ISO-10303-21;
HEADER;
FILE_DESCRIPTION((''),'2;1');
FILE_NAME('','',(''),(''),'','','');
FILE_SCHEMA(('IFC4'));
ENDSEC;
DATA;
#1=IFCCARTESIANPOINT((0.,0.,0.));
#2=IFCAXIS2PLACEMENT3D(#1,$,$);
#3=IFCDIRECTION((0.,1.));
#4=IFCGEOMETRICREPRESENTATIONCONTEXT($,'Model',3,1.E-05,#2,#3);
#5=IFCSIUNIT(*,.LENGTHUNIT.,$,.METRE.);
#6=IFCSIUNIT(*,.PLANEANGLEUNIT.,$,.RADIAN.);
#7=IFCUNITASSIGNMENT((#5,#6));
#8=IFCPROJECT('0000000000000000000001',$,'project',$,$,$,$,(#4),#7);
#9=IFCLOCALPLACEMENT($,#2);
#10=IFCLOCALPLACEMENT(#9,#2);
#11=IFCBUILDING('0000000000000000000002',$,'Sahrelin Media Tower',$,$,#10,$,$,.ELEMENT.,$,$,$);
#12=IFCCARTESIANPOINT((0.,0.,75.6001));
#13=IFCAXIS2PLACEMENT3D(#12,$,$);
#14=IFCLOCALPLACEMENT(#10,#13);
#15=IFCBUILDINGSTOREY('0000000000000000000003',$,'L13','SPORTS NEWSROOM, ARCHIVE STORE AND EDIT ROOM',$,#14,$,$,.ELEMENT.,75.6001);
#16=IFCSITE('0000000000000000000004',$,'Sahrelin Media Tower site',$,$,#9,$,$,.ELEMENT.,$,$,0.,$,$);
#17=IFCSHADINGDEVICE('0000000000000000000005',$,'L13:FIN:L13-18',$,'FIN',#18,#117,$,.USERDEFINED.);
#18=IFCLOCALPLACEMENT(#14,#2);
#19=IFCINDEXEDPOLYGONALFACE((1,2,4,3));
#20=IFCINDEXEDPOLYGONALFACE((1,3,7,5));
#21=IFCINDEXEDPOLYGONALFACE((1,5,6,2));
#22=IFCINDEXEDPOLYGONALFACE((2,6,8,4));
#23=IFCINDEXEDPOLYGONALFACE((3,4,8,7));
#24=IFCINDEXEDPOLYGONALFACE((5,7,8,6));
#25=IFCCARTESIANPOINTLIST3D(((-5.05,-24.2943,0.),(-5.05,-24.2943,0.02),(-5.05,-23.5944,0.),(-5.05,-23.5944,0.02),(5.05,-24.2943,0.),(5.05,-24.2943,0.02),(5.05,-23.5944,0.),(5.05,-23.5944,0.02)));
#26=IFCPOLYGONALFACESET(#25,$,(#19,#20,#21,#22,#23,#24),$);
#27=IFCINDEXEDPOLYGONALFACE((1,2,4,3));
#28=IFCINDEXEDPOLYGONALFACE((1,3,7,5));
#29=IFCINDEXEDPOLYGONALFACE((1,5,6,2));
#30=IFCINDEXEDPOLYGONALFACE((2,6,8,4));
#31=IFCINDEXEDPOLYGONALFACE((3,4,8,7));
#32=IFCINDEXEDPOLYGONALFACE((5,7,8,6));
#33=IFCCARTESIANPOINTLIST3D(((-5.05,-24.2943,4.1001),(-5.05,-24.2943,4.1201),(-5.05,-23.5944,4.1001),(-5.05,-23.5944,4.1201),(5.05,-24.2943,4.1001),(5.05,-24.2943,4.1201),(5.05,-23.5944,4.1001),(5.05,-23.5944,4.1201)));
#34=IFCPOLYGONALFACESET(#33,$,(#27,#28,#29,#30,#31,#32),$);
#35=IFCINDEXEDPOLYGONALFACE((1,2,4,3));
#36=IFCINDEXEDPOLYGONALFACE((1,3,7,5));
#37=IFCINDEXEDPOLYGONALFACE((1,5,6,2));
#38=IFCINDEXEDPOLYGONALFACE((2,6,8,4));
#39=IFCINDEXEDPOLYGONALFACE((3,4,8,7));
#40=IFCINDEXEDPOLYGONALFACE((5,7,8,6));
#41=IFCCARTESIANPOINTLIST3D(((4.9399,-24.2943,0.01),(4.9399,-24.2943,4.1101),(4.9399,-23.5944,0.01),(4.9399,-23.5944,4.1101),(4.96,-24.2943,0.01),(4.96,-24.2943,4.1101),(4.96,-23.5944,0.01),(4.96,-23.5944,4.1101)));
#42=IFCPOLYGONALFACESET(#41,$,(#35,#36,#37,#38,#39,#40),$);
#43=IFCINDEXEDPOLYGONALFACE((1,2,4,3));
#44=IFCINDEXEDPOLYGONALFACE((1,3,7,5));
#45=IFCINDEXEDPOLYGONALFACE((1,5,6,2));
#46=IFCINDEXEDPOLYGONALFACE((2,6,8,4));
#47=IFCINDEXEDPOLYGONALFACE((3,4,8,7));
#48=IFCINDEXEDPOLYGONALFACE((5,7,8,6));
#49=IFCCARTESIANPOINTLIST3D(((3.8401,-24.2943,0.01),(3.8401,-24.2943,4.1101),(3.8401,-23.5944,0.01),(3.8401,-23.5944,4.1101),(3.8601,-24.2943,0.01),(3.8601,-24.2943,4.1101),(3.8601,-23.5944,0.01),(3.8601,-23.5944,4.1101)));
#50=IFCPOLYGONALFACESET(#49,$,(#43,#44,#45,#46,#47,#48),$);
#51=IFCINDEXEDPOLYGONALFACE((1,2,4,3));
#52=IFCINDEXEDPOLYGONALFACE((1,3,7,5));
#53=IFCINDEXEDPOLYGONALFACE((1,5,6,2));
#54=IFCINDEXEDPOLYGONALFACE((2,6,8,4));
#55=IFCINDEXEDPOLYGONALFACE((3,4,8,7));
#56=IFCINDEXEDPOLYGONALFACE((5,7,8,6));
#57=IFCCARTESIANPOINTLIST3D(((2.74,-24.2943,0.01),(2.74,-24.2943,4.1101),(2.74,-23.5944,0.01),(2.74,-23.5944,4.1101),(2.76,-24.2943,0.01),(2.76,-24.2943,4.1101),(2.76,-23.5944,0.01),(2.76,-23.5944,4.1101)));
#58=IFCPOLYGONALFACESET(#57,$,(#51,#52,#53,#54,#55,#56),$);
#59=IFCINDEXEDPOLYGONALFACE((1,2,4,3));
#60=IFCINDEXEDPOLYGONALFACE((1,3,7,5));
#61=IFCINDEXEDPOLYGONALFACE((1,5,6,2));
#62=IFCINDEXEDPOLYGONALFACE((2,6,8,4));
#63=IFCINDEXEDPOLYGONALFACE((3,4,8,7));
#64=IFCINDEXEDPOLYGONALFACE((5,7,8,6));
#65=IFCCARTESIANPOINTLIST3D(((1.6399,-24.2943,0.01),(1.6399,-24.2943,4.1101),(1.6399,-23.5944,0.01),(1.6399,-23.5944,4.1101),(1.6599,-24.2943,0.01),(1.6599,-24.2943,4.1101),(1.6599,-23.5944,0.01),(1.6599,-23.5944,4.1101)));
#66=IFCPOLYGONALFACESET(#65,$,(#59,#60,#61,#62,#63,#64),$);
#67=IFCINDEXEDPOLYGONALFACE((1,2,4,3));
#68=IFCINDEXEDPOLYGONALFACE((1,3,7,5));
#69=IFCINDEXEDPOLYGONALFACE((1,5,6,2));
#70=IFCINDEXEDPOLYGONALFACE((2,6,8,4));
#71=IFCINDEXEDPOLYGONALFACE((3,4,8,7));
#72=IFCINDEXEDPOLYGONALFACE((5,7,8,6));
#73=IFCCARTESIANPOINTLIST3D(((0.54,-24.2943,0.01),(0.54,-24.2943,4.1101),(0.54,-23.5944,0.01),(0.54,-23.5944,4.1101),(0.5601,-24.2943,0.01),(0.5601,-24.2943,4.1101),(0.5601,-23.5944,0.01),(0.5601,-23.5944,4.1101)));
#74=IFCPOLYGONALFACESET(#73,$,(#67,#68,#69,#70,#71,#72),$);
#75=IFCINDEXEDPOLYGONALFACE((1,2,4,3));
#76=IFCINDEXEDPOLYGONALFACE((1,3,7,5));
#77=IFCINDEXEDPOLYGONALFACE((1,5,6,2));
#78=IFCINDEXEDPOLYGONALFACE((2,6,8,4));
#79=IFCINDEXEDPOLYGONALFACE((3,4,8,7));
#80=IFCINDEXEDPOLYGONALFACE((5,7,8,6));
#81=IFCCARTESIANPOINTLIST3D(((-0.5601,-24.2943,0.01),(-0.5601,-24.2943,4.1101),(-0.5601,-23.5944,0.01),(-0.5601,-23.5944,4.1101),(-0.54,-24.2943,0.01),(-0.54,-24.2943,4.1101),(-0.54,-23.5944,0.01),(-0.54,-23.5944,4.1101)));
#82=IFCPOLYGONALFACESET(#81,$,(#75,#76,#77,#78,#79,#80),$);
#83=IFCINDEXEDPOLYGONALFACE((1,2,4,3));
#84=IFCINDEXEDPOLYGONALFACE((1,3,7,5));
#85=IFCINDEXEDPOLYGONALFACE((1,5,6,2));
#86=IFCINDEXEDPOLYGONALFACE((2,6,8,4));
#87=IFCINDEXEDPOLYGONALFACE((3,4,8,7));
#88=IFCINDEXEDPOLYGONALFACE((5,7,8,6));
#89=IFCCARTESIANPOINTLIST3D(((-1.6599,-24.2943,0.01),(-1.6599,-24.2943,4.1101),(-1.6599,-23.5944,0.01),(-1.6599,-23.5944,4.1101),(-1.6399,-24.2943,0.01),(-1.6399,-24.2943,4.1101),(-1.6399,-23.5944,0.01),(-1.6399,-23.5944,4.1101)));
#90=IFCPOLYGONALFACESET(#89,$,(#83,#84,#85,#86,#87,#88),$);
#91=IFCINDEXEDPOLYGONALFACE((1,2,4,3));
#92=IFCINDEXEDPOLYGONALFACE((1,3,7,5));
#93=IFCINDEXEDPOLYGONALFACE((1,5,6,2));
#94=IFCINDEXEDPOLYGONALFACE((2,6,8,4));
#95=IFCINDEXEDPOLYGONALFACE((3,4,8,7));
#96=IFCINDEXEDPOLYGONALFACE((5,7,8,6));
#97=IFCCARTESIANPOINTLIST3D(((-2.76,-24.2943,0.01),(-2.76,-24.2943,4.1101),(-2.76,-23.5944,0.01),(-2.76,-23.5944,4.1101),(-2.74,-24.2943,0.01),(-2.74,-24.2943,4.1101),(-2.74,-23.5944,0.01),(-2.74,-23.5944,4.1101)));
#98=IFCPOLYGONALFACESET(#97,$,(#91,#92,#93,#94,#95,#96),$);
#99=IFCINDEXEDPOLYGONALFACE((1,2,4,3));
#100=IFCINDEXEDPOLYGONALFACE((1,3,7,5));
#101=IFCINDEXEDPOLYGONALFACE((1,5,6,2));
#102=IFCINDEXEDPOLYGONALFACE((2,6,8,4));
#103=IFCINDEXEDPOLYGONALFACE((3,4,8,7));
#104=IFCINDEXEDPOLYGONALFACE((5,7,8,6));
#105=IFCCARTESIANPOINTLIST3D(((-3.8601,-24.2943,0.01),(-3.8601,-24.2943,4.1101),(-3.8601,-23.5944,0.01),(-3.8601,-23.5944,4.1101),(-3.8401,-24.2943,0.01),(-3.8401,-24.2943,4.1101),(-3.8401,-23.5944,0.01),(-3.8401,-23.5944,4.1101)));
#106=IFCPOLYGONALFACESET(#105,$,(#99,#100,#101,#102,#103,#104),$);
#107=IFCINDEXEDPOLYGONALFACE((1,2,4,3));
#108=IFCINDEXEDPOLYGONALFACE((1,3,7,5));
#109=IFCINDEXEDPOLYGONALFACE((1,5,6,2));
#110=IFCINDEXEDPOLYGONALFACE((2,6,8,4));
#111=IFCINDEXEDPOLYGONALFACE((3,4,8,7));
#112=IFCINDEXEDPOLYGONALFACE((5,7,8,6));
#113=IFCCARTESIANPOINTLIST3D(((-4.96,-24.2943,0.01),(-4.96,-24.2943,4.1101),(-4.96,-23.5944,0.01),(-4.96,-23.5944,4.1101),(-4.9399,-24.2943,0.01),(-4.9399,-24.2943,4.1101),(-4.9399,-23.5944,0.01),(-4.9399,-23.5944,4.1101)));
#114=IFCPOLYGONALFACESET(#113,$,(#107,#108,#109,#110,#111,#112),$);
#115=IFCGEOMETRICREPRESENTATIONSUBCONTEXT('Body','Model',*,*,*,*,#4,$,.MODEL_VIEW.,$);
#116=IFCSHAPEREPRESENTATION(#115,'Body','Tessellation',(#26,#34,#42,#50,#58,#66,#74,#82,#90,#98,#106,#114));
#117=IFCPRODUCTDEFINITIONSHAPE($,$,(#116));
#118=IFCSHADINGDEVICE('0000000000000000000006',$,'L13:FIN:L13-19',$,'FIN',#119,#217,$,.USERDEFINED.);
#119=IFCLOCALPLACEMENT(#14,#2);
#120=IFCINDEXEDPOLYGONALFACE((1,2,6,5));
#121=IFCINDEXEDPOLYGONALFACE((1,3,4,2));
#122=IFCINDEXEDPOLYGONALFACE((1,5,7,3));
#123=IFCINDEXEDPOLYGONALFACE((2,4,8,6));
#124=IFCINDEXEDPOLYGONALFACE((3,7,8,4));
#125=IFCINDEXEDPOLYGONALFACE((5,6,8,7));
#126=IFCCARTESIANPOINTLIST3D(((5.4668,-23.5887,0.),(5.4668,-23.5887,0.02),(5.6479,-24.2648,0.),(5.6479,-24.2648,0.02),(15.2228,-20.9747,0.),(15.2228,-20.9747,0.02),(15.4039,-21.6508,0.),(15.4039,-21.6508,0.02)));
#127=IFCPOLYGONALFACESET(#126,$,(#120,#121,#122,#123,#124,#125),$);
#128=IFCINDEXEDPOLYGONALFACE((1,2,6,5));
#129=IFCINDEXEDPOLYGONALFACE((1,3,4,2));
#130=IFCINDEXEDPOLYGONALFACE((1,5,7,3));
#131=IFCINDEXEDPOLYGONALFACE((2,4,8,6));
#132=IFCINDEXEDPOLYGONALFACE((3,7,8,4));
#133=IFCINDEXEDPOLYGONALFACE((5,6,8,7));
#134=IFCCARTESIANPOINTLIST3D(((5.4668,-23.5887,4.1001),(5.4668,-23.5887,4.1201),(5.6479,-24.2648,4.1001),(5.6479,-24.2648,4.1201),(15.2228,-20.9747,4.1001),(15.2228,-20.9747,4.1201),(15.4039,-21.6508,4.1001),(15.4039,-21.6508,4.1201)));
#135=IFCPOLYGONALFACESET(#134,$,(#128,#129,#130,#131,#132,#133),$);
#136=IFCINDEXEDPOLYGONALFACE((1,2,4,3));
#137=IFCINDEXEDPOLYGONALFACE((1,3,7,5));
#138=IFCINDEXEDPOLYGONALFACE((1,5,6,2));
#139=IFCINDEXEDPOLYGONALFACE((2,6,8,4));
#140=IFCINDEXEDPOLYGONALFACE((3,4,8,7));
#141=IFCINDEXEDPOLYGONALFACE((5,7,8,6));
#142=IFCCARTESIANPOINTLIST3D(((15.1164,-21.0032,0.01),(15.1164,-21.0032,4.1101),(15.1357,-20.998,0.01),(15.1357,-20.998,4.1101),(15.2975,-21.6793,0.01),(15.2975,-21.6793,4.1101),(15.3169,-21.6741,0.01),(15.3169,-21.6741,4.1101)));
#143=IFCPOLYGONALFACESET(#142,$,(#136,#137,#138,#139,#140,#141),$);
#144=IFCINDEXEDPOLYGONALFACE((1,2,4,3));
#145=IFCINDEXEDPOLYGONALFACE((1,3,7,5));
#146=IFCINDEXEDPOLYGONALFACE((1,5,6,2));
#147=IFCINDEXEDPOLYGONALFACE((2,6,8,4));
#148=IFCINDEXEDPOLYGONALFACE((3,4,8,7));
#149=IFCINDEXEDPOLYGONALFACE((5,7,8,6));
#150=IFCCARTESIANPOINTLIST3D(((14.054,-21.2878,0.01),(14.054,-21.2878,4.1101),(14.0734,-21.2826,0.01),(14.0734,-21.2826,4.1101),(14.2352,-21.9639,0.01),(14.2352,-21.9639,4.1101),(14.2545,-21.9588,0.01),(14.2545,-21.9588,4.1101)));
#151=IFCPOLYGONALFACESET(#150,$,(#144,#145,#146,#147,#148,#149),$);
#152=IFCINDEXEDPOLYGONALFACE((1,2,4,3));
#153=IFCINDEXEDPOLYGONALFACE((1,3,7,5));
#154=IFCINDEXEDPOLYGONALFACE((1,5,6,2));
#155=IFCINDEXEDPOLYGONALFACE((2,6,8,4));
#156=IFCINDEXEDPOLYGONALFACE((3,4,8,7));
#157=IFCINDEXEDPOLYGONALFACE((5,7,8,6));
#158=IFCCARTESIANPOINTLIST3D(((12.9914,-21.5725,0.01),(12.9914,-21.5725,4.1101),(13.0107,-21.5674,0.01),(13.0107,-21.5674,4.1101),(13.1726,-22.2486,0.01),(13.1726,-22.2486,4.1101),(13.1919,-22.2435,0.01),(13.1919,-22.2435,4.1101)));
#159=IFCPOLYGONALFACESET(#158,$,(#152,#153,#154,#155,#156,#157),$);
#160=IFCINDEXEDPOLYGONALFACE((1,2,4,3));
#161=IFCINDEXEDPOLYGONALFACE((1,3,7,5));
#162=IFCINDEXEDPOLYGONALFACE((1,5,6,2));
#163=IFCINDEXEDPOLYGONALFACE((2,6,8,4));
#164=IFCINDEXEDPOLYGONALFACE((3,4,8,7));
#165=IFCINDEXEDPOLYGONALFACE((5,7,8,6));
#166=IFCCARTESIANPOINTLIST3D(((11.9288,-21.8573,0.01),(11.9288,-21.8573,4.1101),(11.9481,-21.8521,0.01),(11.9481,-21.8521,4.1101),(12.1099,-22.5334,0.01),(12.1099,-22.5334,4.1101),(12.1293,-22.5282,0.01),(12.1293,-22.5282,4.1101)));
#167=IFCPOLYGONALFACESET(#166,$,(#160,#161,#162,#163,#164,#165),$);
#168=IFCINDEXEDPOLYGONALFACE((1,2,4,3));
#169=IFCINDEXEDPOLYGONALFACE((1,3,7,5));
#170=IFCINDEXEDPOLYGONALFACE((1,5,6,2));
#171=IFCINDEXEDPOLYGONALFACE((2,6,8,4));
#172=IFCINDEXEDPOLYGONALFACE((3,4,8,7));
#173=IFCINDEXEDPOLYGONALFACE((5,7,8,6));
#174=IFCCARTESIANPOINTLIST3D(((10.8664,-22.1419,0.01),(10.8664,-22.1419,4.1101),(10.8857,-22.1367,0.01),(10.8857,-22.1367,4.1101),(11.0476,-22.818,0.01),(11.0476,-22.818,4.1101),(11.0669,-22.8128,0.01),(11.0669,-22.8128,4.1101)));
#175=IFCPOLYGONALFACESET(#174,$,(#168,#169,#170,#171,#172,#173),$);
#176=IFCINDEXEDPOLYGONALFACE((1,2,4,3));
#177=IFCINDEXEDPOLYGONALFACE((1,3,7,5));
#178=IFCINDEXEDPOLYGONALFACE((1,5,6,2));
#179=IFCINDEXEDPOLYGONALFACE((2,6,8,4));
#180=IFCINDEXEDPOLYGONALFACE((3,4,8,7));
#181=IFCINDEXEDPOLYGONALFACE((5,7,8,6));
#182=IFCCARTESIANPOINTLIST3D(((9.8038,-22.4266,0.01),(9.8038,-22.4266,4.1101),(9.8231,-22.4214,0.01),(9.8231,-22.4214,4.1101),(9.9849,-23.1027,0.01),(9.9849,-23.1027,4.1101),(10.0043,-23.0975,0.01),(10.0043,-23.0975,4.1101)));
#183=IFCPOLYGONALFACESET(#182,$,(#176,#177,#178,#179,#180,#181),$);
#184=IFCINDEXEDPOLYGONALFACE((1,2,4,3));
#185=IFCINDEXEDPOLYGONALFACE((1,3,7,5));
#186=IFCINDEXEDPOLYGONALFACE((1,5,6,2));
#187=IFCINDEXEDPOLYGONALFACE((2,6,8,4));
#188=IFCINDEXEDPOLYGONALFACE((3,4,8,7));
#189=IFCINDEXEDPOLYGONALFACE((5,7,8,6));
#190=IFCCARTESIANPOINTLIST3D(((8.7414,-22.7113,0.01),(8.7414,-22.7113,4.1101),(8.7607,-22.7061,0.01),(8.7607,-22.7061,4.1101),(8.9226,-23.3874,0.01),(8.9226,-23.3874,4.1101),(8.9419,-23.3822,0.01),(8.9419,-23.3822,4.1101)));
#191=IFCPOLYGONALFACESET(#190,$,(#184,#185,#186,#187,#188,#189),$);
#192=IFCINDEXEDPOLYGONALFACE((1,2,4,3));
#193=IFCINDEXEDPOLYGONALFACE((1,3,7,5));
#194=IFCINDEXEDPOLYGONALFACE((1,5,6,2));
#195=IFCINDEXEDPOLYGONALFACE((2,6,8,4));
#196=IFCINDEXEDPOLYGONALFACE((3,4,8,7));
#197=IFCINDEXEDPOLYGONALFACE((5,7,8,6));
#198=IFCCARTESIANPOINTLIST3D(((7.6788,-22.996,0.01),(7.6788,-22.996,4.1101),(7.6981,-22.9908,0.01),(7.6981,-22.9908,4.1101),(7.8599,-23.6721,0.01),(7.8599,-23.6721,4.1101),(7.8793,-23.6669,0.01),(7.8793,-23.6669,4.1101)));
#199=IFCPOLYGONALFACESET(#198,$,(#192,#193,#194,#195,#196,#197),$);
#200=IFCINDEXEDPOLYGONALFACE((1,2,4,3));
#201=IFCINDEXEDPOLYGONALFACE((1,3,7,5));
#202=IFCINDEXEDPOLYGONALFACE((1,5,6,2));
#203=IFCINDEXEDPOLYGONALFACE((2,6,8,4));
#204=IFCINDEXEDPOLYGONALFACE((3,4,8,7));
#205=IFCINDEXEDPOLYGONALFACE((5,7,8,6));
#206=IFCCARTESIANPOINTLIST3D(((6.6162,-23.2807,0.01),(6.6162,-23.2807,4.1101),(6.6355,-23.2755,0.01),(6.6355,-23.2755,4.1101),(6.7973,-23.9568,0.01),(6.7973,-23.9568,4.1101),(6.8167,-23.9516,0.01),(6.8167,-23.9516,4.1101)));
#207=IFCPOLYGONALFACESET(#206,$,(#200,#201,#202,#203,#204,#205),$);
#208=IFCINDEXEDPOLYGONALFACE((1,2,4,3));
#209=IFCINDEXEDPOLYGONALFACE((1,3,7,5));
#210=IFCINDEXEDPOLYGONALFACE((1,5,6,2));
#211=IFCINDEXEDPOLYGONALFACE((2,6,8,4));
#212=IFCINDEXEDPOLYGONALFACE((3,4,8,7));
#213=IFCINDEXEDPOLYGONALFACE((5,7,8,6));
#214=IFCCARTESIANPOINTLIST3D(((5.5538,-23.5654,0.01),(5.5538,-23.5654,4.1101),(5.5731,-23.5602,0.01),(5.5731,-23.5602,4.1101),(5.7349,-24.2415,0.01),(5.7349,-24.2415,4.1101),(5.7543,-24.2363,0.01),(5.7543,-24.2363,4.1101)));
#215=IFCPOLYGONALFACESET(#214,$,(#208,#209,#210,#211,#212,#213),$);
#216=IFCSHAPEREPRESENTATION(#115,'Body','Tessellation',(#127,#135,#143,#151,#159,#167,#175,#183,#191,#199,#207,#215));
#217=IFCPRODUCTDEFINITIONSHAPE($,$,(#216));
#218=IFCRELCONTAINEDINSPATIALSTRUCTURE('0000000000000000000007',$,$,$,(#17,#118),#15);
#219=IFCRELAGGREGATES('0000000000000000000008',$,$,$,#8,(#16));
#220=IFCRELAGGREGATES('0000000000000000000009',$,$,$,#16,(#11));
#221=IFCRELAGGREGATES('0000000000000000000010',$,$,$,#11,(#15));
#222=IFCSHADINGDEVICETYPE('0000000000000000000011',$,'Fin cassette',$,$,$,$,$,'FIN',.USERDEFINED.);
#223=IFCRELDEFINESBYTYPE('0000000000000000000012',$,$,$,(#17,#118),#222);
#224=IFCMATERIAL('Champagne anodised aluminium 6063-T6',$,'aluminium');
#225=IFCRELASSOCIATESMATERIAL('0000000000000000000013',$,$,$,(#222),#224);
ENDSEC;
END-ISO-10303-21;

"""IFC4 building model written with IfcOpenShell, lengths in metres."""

from ifc_helpers import new_model, si_unit, direction, frame, origin, origin_2d, place, context, subcontext, project, spatial, rectangle, extrude, material, type_object, element, save


model = new_model("IFC4")

# Units and contexts
model_context = context("Model", 3, precision=1e-05, world=origin(), true_north=direction((0.0, 1.0)))
body_context = subcontext(model_context, "Body", "Model", "MODEL_VIEW")
ifc_project = project(units=[si_unit("LENGTHUNIT", "METRE"), si_unit("PLANEANGLEUNIT", "RADIAN")], contexts=[model_context])

# Site, building, storey
site_placement = place(None, origin())
site = spatial("IfcSite", under=ifc_project, at=site_placement, Name="Sahrelin Media Tower site", CompositionType="ELEMENT", RefElevation=0.0)
building_placement = place(site_placement, origin())
building = spatial("IfcBuilding", under=site, at=building_placement, Name="Sahrelin Media Tower", CompositionType="ELEMENT")
storey_placement = place(building_placement, frame((0.0, 0.0, 75.6001)))
storey = spatial("IfcBuildingStorey", under=building, at=storey_placement, Name="L13", Description="SPORTS NEWSROOM, ARCHIVE STORE AND EDIT ROOM", CompositionType="ELEMENT", Elevation=75.6001)

# Shared definitions
ifc_material_1 = material(Name="Champagne anodised aluminium 6063-T6", Category="aluminium")

# Shading devices
shading_device_type_1 = type_object("IfcShadingDeviceType", Name="Fin cassette", ElementType="FIN", PredefinedType="USERDEFINED", material=ifc_material_1)
placement_1 = place(storey_placement, frame((0.0, -23.5244, 0.0), z_axis=(0.0, 0.0, 1.0), x_axis=(-1.0, 0.0, 0.0)))
element("IfcShadingDevice", 1, at=placement_1, inside=storey, type_object=shading_device_type_1, Name="L13:FIN:L13-18", ObjectType="FIN", PredefinedType="USERDEFINED", context=body_context, shape_type="SweptSolid", body=[
    extrude(rectangle(XDim=10.1001, YDim=0.7, at=origin_2d()), frame((0.0, 0.4199, 0.0)), (0.0, 0.0, 1.0), 0.02),
    extrude(rectangle(XDim=10.1001, YDim=0.7, at=origin_2d()), frame((0.0, 0.4199, 4.1001)), (0.0, 0.0, 1.0), 0.02),
    extrude(rectangle(XDim=0.02, YDim=0.7, at=origin_2d()), frame((-4.95, 0.4199, 0.01), z_axis=(0.0, 0.0, 1.0), x_axis=(1.0, 0.0, 0.0)), (0.0, 0.0, 1.0), 4.1001),
    extrude(rectangle(XDim=0.02, YDim=0.7, at=origin_2d()), frame((-3.8501, 0.4199, 0.01), z_axis=(0.0, 0.0, 1.0), x_axis=(1.0, 0.0, 0.0)), (0.0, 0.0, 1.0), 4.1001),
    extrude(rectangle(XDim=0.02, YDim=0.7, at=origin_2d()), frame((-2.75, 0.4199, 0.01), z_axis=(0.0, 0.0, 1.0), x_axis=(1.0, 0.0, 0.0)), (0.0, 0.0, 1.0), 4.1001),
    extrude(rectangle(XDim=0.02, YDim=0.7, at=origin_2d()), frame((-1.6499, 0.4199, 0.01), z_axis=(0.0, 0.0, 1.0), x_axis=(1.0, 0.0, 0.0)), (0.0, 0.0, 1.0), 4.1001),
    extrude(rectangle(XDim=0.02, YDim=0.7, at=origin_2d()), frame((-0.55, 0.4199, 0.01), z_axis=(0.0, 0.0, 1.0), x_axis=(1.0, 0.0, 0.0)), (0.0, 0.0, 1.0), 4.1001),
    extrude(rectangle(XDim=0.02, YDim=0.7, at=origin_2d()), frame((0.55, 0.4199, 0.01), z_axis=(0.0, 0.0, 1.0), x_axis=(1.0, 0.0, 0.0)), (0.0, 0.0, 1.0), 4.1001),
    extrude(rectangle(XDim=0.02, YDim=0.7, at=origin_2d()), frame((1.6499, 0.4199, 0.01), z_axis=(0.0, 0.0, 1.0), x_axis=(1.0, 0.0, 0.0)), (0.0, 0.0, 1.0), 4.1001),
    extrude(rectangle(XDim=0.02, YDim=0.7, at=origin_2d()), frame((2.75, 0.4199, 0.01), z_axis=(0.0, 0.0, 1.0), x_axis=(1.0, 0.0, 0.0)), (0.0, 0.0, 1.0), 4.1001),
    extrude(rectangle(XDim=0.02, YDim=0.7, at=origin_2d()), frame((3.8501, 0.4199, 0.01), z_axis=(0.0, 0.0, 1.0), x_axis=(1.0, 0.0, 0.0)), (0.0, 0.0, 1.0), 4.1001),
    extrude(rectangle(XDim=0.02, YDim=0.7, at=origin_2d()), frame((4.95, 0.4199, 0.01), z_axis=(0.0, 0.0, 1.0), x_axis=(1.0, 0.0, 0.0)), (0.0, 0.0, 1.0), 4.1001),
])
placement_2 = place(storey_placement, frame((10.3267, -22.2141, 0.0), z_axis=(0.0, 0.0, 1.0), x_axis=(-0.965929, -0.258808, 0.0)))
element("IfcShadingDevice", 2, at=placement_2, inside=storey, type_object=shading_device_type_1, Name="L13:FIN:L13-19", ObjectType="FIN", PredefinedType="USERDEFINED", context=body_context, shape_type="SweptSolid", body=[
    extrude(rectangle(XDim=10.1001, YDim=0.7, at=origin_2d()), frame((0.0, 0.4199, 0.0)), (0.0, 0.0, 1.0), 0.02),
    extrude(rectangle(XDim=10.1001, YDim=0.7, at=origin_2d()), frame((0.0, 0.4199, 4.1001)), (0.0, 0.0, 1.0), 0.02),
    extrude(rectangle(XDim=0.02, YDim=0.7, at=origin_2d()), frame((-4.95, 0.4199, 0.01), z_axis=(0.0, 0.0, 1.0), x_axis=(1.0, 0.0, 0.0)), (0.0, 0.0, 1.0), 4.1001),
    extrude(rectangle(XDim=0.02, YDim=0.7, at=origin_2d()), frame((-3.8501, 0.4199, 0.01), z_axis=(0.0, 0.0, 1.0), x_axis=(1.0, 0.0, 0.0)), (0.0, 0.0, 1.0), 4.1001),
    extrude(rectangle(XDim=0.02, YDim=0.7, at=origin_2d()), frame((-2.75, 0.4199, 0.01), z_axis=(0.0, 0.0, 1.0), x_axis=(1.0, 0.0, 0.0)), (0.0, 0.0, 1.0), 4.1001),
    extrude(rectangle(XDim=0.02, YDim=0.7, at=origin_2d()), frame((-1.6499, 0.4199, 0.01), z_axis=(0.0, 0.0, 1.0), x_axis=(1.0, 0.0, 0.0)), (0.0, 0.0, 1.0), 4.1001),
    extrude(rectangle(XDim=0.02, YDim=0.7, at=origin_2d()), frame((-0.55, 0.4199, 0.01), z_axis=(0.0, 0.0, 1.0), x_axis=(1.0, 0.0, 0.0)), (0.0, 0.0, 1.0), 4.1001),
    extrude(rectangle(XDim=0.02, YDim=0.7, at=origin_2d()), frame((0.55, 0.4199, 0.01), z_axis=(0.0, 0.0, 1.0), x_axis=(1.0, 0.0, 0.0)), (0.0, 0.0, 1.0), 4.1001),
    extrude(rectangle(XDim=0.02, YDim=0.7, at=origin_2d()), frame((1.6499, 0.4199, 0.01), z_axis=(0.0, 0.0, 1.0), x_axis=(1.0, 0.0, 0.0)), (0.0, 0.0, 1.0), 4.1001),
    extrude(rectangle(XDim=0.02, YDim=0.7, at=origin_2d()), frame((2.75, 0.4199, 0.01), z_axis=(0.0, 0.0, 1.0), x_axis=(1.0, 0.0, 0.0)), (0.0, 0.0, 1.0), 4.1001),
    extrude(rectangle(XDim=0.02, YDim=0.7, at=origin_2d()), frame((3.8501, 0.4199, 0.01), z_axis=(0.0, 0.0, 1.0), x_axis=(1.0, 0.0, 0.0)), (0.0, 0.0, 1.0), 4.1001),
    extrude(rectangle(XDim=0.02, YDim=0.7, at=origin_2d()), frame((4.95, 0.4199, 0.01), z_axis=(0.0, 0.0, 1.0), x_axis=(1.0, 0.0, 0.0)), (0.0, 0.0, 1.0), 4.1001),
])

save(model, "model.ifc")
